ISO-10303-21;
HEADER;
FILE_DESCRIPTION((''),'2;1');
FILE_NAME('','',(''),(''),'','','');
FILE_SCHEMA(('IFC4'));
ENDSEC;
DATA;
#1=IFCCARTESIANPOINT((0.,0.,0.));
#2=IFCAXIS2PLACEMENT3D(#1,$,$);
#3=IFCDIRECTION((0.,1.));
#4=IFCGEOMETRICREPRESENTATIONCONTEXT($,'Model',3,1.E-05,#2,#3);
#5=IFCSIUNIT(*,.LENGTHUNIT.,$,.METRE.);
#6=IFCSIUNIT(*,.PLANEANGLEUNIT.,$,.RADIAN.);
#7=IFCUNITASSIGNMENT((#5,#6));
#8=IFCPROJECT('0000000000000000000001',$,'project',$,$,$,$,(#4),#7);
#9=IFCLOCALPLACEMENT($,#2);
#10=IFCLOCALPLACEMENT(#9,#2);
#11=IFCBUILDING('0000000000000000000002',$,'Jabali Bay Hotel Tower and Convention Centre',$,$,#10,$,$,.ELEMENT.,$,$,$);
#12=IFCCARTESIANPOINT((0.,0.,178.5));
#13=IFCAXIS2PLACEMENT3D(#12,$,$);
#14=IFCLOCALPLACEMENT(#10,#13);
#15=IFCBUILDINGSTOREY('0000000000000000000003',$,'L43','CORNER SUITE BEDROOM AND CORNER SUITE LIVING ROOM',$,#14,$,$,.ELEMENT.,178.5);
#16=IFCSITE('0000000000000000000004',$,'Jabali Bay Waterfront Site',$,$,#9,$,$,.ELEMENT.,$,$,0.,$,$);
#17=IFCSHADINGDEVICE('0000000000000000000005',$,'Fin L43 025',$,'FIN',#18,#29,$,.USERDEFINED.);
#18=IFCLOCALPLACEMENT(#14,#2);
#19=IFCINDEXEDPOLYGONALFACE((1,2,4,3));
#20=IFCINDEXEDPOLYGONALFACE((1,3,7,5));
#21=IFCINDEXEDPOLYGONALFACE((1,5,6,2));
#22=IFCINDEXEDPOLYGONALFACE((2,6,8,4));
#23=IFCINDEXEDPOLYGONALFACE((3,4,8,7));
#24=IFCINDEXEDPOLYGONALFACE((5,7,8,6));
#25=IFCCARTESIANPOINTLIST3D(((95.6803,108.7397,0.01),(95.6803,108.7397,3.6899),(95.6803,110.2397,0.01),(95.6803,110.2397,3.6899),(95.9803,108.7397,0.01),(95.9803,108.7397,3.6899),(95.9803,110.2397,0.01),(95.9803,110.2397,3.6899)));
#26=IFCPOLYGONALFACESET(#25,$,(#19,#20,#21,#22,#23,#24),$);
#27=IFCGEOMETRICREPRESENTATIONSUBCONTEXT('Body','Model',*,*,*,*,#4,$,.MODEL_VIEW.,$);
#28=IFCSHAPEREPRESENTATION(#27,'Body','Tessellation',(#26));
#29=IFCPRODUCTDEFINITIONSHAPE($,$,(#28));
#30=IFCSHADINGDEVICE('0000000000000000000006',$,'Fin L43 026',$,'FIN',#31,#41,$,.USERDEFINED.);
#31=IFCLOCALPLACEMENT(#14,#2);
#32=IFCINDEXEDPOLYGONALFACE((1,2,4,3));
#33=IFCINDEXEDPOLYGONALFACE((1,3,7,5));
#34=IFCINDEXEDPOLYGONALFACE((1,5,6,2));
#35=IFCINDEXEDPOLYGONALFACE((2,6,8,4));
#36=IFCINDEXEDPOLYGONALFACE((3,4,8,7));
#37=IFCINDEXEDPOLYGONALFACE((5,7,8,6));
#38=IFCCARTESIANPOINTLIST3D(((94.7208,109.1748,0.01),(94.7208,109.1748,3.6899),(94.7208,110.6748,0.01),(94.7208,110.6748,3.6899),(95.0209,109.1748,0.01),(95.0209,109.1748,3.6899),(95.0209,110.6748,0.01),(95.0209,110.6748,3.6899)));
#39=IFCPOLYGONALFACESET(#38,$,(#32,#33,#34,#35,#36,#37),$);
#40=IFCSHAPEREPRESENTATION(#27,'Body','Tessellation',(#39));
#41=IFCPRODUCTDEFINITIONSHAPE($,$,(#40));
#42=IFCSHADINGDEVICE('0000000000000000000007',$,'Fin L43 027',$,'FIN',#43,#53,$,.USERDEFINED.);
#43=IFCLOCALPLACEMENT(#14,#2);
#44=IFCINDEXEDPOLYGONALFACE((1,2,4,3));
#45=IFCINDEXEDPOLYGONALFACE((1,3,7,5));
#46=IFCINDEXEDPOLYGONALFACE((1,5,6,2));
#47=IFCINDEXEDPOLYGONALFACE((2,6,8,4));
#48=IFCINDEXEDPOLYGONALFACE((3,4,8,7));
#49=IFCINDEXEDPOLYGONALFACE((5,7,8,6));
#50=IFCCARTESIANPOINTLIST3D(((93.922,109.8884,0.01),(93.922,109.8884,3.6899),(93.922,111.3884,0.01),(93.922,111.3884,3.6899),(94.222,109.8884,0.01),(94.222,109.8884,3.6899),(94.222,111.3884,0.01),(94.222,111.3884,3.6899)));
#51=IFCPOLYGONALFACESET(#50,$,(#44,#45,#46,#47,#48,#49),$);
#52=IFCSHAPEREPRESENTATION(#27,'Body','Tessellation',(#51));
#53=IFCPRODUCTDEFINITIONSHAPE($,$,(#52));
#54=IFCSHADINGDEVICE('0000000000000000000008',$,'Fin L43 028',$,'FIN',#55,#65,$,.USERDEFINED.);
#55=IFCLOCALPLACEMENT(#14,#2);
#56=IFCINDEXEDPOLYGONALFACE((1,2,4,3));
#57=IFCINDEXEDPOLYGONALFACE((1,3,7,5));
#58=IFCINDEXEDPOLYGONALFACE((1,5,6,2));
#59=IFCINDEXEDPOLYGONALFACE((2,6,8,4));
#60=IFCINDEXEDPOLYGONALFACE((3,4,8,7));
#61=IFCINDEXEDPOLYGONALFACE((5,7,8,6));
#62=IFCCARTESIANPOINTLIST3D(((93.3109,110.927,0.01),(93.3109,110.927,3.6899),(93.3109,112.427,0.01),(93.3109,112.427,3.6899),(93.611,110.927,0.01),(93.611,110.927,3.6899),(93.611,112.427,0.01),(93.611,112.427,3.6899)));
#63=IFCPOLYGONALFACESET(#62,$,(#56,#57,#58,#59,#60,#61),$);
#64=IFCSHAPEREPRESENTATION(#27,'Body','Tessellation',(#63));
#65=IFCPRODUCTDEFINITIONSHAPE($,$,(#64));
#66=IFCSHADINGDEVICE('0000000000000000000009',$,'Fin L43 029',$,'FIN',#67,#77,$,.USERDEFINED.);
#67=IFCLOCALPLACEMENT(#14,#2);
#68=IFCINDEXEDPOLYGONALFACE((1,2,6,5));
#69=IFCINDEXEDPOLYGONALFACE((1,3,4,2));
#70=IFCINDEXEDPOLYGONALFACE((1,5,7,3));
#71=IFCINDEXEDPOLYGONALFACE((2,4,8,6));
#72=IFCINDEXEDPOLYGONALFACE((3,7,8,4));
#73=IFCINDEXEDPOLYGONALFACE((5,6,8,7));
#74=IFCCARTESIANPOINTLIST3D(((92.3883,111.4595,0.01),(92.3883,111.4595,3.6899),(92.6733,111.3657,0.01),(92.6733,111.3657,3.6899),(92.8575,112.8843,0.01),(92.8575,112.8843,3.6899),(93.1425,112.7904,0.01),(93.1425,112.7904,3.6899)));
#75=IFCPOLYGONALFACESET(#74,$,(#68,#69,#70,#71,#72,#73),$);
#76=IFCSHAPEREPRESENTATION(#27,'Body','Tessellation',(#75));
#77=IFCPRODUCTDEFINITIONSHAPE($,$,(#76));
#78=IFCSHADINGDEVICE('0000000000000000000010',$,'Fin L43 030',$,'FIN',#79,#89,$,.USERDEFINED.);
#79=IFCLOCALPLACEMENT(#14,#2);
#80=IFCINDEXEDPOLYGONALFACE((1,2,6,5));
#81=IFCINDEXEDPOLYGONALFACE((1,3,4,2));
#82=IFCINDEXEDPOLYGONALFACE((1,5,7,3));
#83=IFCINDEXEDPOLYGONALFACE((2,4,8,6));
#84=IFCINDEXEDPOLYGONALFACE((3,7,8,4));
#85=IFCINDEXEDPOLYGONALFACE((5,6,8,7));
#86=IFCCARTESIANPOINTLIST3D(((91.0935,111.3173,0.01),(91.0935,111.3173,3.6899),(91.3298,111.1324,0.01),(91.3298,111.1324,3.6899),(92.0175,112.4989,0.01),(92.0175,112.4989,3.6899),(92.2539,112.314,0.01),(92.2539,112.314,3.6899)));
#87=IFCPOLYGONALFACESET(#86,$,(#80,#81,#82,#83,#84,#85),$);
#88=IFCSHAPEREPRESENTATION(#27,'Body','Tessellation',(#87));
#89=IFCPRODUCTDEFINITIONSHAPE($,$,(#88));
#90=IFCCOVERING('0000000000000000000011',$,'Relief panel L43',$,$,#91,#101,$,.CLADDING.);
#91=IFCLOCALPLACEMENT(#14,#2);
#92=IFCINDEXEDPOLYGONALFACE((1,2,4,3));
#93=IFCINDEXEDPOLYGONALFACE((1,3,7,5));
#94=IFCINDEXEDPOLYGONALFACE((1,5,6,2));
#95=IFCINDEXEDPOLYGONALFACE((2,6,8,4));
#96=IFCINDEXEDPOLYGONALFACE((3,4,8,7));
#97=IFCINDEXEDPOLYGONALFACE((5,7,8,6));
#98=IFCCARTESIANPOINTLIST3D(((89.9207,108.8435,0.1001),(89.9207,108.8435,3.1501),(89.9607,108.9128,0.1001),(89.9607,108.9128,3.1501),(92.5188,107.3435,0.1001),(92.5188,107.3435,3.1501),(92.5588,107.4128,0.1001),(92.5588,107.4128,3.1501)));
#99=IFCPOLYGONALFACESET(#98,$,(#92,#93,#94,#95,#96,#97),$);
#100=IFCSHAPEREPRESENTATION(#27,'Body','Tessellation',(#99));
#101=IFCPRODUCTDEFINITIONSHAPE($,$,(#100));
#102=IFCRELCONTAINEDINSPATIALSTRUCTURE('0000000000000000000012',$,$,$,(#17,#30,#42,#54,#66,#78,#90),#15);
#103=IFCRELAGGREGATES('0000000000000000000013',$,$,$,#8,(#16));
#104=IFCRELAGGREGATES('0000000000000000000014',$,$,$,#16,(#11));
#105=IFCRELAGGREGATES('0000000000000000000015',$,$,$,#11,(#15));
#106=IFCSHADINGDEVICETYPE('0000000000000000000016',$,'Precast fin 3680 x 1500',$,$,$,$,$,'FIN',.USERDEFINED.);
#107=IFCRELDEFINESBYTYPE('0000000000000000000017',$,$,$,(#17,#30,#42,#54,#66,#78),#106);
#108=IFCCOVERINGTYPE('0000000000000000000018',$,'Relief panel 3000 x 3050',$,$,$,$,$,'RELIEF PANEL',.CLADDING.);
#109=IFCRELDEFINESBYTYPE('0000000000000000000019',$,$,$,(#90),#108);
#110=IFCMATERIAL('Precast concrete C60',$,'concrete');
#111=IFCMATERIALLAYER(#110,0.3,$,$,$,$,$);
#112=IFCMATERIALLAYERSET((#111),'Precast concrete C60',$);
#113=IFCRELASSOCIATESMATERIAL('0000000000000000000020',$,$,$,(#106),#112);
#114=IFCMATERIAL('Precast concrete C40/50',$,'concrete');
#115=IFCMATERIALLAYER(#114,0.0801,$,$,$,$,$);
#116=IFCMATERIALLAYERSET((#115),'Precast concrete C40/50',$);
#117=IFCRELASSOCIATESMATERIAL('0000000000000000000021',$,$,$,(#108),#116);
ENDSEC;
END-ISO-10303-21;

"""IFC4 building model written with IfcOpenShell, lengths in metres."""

from ifc_helpers import new_model, si_unit, direction, frame, frame_2d, origin, origin_2d, place, context, subcontext, project, spatial, rectangle, extrude, material, layer, layer_set, type_object, element, save


model = new_model("IFC4")

# Units and contexts
model_context = context("Model", 3, precision=1e-05, world=origin(), true_north=direction((0.0, 1.0)))
body_context = subcontext(model_context, "Body", "Model", "MODEL_VIEW")
ifc_project = project(units=[si_unit("LENGTHUNIT", "METRE"), si_unit("PLANEANGLEUNIT", "RADIAN")], contexts=[model_context])

# Site, building, storey
site_placement = place(None, origin())
site = spatial("IfcSite", under=ifc_project, at=site_placement, Name="Jabali Bay Waterfront Site", CompositionType="ELEMENT", RefElevation=0.0)
building_placement = place(site_placement, origin())
building = spatial("IfcBuilding", under=site, at=building_placement, Name="Jabali Bay Hotel Tower and Convention Centre", CompositionType="ELEMENT")
storey_placement = place(building_placement, frame((0.0, 0.0, 178.5)))
storey = spatial("IfcBuildingStorey", under=building, at=storey_placement, Name="L43", Description="CORNER SUITE BEDROOM AND CORNER SUITE LIVING ROOM", CompositionType="ELEMENT", Elevation=178.5)

# Shading devices
ifc_material_1 = material(Name="Precast concrete C60", Category="concrete")
ifc_layer_1 = layer(ifc_material_1, 0.3)
ifc_layer_set_1 = layer_set([ifc_layer_1], Name="Precast concrete C60")
shading_device_type_1 = type_object("IfcShadingDeviceType", Name="Precast fin 3680 x 1500", ElementType="FIN", PredefinedType="USERDEFINED", material=ifc_layer_set_1)
for number, where, z_axis, x_axis, name in (
    (1, (95.8303, 108.7397, 0.01), (0.0, 0.0, 1.0), (0.0, 1.0, 0.0), "Fin L43 025"),
    (2, (94.8708, 109.1748, 0.01), (0.0, 0.0, 1.0), (0.0, 1.0, 0.0), "Fin L43 026"),
    (3, (94.072, 109.8884, 0.01), (0.0, 0.0, 1.0), (0.0, 1.0, 0.0), "Fin L43 027"),
    (4, (93.4609, 110.927, 0.01), (0.0, 0.0, 1.0), (0.0, 1.0, 0.0), "Fin L43 028"),
    (5, (92.5308, 111.4126, 0.01), (0.0, 0.0, 1.0), (0.312808, 0.949816, 0.0), "Fin L43 029"),
    (6, (91.2117, 111.2249, 0.01), (0.0, 0.0, 1.0), (0.616023, 0.787728, 0.0), "Fin L43 030"),
):
    element("IfcShadingDevice", number, at=place(storey_placement, frame(where, z_axis=z_axis, x_axis=x_axis)), inside=storey, type_object=shading_device_type_1, Name=name, ObjectType="FIN", PredefinedType="USERDEFINED", context=body_context, shape_type="SweptSolid", body=[
        extrude(rectangle(XDim=1.5, YDim=0.3, at=frame_2d((0.75, 0.0))), origin(), (0.0, 0.0, 1.0), 3.6799),
    ])

# Covering
ifc_material_2 = material(Name="Precast concrete C40/50", Category="concrete")
ifc_layer_2 = layer(ifc_material_2, 0.0801)
ifc_layer_set_2 = layer_set([ifc_layer_2], Name="Precast concrete C40/50")
covering_type = type_object("IfcCoveringType", Name="Relief panel 3000 x 3050", ElementType="RELIEF PANEL", PredefinedType="CLADDING", material=ifc_layer_set_2)
covering_placement = place(storey_placement, frame((91.2397, 108.1282, 0.1001), z_axis=(0.0, 0.0, 1.0), x_axis=(0.866025, -0.5, 0.0)))
element("IfcCovering", 7, at=covering_placement, inside=storey, type_object=covering_type, Name="Relief panel L43", PredefinedType="CLADDING", context=body_context, shape_type="SweptSolid", body=[
    extrude(rectangle(XDim=3.0, YDim=0.0801, at=origin_2d()), origin(), (0.0, 0.0, 1.0), 3.05),
])

save(model, "model.ifc")
